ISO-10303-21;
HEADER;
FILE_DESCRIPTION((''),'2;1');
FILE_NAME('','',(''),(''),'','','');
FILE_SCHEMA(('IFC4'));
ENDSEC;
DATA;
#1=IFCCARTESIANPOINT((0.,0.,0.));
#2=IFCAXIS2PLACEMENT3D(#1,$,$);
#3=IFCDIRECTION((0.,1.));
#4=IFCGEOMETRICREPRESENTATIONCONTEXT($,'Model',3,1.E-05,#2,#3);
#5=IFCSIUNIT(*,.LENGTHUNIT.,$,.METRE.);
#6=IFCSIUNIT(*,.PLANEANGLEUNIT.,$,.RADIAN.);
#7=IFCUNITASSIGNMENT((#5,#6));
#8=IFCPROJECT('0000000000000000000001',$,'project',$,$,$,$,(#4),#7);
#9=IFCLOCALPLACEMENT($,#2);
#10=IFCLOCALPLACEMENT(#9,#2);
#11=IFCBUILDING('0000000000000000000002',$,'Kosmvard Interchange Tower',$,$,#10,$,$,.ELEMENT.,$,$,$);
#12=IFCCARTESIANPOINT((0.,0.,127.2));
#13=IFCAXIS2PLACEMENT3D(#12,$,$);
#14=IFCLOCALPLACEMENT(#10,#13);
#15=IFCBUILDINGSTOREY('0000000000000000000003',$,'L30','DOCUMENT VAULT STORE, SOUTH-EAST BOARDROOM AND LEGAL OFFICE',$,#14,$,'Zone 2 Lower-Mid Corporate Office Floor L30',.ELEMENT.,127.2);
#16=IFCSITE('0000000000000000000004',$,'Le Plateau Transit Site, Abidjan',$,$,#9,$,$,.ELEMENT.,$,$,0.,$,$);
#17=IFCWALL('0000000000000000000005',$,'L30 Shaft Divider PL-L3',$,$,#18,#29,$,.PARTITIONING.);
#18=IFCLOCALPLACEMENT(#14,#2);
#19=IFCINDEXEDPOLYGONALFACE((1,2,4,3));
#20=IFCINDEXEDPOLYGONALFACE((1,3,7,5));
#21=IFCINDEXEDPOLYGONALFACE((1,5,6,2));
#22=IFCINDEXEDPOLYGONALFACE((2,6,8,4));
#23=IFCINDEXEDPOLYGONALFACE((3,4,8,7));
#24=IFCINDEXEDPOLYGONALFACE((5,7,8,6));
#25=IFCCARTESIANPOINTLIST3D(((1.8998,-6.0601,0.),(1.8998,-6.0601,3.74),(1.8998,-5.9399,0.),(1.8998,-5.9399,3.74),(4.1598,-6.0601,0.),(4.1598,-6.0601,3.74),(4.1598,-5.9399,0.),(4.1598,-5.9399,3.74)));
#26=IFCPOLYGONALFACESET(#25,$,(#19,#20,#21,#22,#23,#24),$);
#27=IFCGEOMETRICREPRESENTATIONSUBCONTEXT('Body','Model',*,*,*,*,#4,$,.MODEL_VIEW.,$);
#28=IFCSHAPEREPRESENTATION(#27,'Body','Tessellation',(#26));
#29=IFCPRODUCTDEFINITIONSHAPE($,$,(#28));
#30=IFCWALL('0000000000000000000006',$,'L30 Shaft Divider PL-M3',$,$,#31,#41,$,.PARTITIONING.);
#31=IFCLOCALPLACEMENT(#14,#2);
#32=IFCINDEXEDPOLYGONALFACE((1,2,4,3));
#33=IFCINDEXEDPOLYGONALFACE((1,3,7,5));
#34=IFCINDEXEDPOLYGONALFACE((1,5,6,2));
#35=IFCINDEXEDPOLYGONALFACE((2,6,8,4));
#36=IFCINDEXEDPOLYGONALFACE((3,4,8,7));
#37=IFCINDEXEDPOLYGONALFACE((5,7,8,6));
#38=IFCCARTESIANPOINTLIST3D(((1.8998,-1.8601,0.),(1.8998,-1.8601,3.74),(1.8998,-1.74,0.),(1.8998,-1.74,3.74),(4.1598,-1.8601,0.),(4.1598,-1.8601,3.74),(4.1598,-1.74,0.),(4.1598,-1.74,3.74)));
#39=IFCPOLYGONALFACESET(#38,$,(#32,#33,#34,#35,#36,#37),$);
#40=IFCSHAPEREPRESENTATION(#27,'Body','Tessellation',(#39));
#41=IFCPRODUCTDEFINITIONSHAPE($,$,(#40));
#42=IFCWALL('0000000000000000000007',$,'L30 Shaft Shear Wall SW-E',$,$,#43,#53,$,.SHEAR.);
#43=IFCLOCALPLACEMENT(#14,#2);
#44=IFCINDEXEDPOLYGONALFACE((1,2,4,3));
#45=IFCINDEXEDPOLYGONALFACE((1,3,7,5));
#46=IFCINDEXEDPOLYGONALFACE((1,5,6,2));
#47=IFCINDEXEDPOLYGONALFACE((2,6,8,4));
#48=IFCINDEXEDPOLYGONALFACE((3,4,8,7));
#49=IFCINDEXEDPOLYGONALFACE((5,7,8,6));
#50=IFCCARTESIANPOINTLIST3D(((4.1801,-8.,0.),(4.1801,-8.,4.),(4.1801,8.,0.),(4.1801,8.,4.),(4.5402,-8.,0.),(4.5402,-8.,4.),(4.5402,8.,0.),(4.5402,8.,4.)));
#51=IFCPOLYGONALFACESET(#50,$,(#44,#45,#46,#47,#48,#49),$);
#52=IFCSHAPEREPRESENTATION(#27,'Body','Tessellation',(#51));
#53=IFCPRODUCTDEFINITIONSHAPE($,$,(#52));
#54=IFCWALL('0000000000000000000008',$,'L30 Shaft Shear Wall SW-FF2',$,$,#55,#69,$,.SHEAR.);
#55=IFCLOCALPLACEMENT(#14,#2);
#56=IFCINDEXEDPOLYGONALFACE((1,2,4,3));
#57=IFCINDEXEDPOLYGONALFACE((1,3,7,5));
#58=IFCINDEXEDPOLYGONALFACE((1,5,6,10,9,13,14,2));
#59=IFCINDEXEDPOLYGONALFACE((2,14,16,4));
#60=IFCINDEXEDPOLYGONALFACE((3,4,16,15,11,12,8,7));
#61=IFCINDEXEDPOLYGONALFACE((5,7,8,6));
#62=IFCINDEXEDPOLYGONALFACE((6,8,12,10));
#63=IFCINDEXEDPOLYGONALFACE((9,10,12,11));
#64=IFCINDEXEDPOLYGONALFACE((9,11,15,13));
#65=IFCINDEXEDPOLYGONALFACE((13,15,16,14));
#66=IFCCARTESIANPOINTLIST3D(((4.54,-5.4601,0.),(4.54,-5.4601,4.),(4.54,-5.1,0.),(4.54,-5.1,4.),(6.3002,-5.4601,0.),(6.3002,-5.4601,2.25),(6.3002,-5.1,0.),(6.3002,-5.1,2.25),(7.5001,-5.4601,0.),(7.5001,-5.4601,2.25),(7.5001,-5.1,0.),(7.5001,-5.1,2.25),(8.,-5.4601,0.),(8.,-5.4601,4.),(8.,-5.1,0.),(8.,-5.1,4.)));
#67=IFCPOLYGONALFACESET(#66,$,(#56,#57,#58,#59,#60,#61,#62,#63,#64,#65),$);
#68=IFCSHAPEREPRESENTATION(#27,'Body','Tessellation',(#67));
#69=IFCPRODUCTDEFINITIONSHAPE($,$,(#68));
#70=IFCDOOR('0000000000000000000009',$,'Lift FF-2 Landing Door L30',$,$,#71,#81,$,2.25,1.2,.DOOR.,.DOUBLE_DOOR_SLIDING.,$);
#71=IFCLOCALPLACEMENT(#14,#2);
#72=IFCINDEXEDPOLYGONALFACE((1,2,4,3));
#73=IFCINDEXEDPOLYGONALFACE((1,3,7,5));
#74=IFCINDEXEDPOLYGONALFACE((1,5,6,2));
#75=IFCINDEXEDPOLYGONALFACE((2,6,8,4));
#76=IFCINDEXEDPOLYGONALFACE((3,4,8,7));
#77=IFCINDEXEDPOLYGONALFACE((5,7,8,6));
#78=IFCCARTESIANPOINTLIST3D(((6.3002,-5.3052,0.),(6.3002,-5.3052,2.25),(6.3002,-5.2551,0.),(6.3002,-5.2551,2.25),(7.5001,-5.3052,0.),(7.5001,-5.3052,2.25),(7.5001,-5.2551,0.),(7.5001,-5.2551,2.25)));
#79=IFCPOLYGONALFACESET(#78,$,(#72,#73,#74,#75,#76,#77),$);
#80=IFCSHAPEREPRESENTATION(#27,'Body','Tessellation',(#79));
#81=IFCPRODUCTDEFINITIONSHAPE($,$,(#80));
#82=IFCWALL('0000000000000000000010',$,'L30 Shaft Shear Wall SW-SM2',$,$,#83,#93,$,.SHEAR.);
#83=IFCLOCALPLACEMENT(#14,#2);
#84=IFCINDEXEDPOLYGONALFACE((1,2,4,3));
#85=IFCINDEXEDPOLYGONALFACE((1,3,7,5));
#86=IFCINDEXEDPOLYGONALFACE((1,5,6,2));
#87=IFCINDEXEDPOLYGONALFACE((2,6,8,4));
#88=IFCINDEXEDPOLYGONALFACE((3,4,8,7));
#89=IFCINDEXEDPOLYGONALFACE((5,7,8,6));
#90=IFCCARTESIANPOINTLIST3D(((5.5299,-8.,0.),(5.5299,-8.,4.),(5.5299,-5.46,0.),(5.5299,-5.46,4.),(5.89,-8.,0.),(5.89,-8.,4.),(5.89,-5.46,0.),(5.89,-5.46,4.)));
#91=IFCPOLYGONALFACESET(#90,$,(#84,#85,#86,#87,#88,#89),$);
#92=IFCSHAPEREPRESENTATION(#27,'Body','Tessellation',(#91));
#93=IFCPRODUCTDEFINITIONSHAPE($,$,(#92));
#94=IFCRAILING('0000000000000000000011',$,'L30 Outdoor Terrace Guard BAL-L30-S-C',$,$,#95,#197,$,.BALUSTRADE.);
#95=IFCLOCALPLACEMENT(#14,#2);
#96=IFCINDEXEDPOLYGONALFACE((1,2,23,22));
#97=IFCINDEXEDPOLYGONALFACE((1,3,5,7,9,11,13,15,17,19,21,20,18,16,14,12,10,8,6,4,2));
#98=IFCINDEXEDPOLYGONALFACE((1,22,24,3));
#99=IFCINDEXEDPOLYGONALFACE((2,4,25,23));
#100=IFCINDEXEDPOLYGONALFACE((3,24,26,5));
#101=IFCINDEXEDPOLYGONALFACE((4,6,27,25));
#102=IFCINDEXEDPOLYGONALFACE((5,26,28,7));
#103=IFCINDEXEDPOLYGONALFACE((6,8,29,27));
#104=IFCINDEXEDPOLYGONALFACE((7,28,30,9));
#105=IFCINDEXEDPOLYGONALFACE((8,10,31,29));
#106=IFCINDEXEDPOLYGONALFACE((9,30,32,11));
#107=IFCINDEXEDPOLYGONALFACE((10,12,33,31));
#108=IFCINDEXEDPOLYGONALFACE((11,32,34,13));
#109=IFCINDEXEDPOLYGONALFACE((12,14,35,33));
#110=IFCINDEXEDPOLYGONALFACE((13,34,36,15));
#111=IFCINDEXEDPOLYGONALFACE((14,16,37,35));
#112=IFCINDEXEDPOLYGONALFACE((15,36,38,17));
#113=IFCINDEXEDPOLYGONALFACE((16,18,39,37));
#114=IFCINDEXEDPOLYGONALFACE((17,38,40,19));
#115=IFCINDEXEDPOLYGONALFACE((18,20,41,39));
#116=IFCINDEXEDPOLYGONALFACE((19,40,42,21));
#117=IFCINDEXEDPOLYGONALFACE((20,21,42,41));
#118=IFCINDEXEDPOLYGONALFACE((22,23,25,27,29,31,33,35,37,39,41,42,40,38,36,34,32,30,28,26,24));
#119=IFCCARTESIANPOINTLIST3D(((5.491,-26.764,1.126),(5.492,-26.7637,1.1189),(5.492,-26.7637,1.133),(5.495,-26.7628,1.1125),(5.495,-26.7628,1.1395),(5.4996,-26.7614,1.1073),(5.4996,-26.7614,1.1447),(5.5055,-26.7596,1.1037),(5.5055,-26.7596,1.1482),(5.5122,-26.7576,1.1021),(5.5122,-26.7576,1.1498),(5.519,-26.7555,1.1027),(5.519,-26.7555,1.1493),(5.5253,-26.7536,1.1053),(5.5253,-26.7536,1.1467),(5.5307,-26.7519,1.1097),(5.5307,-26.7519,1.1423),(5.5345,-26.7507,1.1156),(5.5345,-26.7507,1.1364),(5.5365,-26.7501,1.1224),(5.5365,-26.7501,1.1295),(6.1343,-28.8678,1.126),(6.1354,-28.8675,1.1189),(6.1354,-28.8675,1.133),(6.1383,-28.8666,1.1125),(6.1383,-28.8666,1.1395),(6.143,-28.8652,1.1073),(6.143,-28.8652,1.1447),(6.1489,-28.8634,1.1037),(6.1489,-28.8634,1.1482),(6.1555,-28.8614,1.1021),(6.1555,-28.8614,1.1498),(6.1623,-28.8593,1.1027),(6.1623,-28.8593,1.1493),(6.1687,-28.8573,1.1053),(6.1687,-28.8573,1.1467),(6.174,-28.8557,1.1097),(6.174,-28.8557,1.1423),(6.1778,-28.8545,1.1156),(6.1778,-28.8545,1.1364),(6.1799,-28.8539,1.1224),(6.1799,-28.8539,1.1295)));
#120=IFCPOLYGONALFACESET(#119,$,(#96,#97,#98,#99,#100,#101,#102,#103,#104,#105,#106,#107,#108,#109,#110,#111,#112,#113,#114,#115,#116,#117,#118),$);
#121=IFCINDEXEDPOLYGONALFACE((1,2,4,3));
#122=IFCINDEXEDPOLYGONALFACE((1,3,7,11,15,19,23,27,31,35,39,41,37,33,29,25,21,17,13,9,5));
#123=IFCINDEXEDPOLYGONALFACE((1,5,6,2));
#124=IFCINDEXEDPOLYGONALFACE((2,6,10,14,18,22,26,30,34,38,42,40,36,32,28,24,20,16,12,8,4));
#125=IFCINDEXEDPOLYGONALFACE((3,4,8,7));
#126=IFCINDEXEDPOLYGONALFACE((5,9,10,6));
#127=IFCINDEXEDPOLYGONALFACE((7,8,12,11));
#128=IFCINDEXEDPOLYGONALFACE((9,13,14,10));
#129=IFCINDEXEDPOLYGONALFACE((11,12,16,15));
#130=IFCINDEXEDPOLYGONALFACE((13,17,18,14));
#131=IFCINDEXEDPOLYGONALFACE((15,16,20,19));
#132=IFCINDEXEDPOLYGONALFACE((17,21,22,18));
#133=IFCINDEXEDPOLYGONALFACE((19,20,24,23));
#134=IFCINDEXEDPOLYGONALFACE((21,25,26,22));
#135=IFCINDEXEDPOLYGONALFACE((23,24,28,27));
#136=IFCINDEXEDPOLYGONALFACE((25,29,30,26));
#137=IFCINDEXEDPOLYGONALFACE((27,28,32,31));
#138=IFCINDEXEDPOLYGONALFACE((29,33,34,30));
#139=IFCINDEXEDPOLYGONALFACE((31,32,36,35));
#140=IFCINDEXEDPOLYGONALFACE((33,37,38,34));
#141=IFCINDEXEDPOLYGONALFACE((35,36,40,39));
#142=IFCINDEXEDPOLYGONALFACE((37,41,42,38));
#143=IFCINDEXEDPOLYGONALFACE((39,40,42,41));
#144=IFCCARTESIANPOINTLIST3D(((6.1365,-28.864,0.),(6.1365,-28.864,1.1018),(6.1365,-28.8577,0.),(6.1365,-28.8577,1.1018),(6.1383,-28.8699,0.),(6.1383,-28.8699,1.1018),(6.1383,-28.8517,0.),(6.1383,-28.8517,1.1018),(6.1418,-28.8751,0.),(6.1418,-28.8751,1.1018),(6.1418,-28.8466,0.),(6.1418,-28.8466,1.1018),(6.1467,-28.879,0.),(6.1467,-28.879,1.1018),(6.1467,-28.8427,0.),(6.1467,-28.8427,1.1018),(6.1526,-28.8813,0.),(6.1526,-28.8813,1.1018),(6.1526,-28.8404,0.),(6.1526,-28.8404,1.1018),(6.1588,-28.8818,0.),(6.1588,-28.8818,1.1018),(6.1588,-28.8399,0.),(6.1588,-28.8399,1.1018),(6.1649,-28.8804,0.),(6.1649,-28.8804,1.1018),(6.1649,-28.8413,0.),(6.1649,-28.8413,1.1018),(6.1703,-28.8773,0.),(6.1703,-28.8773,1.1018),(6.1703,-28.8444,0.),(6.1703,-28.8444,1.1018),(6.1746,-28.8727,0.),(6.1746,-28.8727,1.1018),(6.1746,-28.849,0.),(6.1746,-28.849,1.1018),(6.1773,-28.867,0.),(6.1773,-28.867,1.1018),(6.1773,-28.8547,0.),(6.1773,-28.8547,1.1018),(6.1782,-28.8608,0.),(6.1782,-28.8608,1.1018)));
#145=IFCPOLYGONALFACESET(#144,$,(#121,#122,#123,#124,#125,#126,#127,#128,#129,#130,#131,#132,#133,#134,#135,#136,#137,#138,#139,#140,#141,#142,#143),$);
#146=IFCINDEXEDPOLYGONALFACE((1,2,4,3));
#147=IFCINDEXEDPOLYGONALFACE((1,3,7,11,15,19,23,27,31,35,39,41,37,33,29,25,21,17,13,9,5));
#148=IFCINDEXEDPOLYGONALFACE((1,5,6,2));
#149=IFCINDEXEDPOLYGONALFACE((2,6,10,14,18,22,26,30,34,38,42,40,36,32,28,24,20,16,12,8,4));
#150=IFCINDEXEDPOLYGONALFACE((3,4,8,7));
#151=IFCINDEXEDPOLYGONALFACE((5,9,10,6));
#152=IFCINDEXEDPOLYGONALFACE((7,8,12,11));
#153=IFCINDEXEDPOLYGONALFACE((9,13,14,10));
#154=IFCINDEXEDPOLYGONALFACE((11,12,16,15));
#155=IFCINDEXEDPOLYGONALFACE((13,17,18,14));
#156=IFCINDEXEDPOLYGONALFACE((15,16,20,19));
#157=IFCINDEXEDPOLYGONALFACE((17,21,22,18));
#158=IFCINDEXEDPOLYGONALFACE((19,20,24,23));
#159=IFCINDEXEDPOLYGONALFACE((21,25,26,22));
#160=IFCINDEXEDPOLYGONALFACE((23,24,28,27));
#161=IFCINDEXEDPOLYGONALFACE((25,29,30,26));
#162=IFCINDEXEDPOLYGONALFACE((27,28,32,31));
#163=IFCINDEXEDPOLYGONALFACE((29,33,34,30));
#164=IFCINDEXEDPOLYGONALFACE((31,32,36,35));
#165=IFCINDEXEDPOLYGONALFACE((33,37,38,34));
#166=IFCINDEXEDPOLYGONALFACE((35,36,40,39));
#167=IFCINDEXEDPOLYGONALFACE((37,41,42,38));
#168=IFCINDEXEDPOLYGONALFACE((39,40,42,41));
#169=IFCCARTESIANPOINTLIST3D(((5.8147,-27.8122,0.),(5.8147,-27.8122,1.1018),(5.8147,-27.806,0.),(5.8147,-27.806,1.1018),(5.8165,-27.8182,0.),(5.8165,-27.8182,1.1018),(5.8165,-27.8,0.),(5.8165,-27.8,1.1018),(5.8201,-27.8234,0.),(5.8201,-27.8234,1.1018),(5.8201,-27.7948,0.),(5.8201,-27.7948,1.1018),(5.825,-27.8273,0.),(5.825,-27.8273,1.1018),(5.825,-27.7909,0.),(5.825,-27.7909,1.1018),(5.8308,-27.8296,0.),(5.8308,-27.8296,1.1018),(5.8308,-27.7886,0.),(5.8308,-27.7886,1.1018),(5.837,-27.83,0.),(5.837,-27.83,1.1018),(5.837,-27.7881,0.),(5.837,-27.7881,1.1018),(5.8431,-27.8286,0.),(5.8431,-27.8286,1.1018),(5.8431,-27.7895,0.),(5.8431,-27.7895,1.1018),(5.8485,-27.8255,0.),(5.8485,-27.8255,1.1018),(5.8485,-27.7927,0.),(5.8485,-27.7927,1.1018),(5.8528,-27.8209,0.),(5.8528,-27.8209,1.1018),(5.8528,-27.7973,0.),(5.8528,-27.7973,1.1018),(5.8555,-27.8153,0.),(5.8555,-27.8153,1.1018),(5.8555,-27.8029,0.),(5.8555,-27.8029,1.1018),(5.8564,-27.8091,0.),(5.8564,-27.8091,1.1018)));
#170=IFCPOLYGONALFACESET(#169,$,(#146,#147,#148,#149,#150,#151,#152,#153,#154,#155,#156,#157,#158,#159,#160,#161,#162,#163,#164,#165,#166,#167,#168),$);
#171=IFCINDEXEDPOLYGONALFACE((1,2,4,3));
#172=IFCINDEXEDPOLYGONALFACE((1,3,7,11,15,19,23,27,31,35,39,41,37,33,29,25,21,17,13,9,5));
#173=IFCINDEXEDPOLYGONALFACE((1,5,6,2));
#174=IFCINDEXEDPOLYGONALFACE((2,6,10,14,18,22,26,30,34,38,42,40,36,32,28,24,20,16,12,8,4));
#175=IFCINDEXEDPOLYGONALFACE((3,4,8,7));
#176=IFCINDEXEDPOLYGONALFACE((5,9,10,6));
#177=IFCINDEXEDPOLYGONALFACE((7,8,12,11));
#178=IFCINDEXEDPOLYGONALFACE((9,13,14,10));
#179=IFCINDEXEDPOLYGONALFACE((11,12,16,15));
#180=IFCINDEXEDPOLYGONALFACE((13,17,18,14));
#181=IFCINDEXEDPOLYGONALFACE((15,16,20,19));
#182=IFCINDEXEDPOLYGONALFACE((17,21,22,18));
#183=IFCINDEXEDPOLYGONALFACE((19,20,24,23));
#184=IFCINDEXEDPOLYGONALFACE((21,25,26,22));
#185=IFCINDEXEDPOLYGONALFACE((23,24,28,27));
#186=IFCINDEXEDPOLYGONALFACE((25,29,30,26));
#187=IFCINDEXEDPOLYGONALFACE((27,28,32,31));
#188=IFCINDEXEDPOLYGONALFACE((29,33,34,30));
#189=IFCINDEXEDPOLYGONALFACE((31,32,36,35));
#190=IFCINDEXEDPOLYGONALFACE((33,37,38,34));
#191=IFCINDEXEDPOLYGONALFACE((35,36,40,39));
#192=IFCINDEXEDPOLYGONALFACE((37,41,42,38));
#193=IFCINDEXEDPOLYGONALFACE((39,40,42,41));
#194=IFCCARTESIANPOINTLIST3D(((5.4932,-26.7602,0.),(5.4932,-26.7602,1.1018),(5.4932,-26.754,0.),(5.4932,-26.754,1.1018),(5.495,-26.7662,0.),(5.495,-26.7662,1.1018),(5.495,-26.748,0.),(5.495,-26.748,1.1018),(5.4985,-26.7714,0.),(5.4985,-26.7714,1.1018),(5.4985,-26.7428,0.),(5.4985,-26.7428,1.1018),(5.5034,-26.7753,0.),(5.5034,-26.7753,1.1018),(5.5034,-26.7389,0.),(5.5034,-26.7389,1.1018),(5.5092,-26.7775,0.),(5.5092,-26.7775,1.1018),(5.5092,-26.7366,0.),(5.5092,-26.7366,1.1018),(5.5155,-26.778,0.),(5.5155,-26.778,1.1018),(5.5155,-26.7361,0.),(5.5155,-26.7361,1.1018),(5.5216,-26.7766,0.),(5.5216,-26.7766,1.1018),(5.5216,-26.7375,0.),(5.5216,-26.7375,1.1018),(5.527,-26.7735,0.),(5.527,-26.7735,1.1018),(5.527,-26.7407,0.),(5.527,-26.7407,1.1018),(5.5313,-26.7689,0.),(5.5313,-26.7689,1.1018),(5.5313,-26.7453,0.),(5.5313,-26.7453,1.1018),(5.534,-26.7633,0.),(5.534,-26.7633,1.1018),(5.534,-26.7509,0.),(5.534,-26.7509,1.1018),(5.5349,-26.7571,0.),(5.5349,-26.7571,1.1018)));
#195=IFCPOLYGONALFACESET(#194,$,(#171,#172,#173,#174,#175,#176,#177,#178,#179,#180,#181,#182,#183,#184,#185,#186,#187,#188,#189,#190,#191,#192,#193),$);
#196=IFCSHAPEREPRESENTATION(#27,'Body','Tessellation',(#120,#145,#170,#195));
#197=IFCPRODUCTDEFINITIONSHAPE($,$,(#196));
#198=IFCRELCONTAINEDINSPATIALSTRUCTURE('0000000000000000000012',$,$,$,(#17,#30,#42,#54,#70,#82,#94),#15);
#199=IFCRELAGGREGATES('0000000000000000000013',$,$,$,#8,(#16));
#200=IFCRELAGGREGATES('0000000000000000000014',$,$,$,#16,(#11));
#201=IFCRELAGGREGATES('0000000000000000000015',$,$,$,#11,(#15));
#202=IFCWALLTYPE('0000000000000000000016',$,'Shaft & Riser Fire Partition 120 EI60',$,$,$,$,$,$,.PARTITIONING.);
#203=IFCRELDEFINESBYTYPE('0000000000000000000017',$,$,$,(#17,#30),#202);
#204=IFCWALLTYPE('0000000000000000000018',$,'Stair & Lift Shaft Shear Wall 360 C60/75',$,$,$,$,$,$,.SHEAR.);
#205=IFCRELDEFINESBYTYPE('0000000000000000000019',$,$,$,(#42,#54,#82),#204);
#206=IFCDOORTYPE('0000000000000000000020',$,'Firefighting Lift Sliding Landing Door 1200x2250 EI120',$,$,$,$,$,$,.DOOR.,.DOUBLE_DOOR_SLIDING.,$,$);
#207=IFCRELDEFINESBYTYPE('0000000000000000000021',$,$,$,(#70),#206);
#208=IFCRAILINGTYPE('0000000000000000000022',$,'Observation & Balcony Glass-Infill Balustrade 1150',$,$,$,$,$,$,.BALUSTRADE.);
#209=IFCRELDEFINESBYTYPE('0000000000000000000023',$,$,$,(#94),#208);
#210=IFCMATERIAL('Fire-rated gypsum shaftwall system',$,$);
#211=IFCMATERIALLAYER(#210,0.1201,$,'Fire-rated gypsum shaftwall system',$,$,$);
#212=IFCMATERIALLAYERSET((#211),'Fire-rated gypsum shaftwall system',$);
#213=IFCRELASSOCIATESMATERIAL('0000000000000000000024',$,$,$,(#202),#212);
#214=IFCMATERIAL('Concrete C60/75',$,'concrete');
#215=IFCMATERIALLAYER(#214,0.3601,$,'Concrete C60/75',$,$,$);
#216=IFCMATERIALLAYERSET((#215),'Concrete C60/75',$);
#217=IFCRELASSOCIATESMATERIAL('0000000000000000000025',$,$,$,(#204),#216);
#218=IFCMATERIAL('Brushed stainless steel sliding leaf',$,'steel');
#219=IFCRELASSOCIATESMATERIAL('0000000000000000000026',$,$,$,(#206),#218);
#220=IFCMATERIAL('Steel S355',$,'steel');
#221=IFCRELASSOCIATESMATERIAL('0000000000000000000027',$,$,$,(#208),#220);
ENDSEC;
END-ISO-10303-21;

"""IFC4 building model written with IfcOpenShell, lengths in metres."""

from ifc_helpers import new_model, si_unit, direction, frame, frame_2d, origin, origin_2d, place, context, subcontext, project, spatial, rectangle, circle, extrude, source, transform, mapped, material, layer, layer_set, type_object, element, fill, save


model = new_model("IFC4")

# Units and contexts
model_context = context("Model", 3, precision=1e-05, world=origin(), true_north=direction((0.0, 1.0)))
body_context = subcontext(model_context, "Body", "Model", "MODEL_VIEW")
ifc_project = project(units=[si_unit("LENGTHUNIT", "METRE"), si_unit("PLANEANGLEUNIT", "RADIAN")], contexts=[model_context])

# Site, building, storey
site_placement = place(None, origin())
site = spatial("IfcSite", under=ifc_project, at=site_placement, Name="Le Plateau Transit Site, Abidjan", CompositionType="ELEMENT", RefElevation=0.0)
building_placement = place(site_placement, origin())
building = spatial("IfcBuilding", under=site, at=building_placement, Name="Kosmvard Interchange Tower", CompositionType="ELEMENT")
storey_placement = place(building_placement, frame((0.0, 0.0, 127.2)))
storey = spatial("IfcBuildingStorey", under=building, at=storey_placement, Name="L30", Description="DOCUMENT VAULT STORE, SOUTH-EAST BOARDROOM AND LEGAL OFFICE", LongName="Zone 2 Lower-Mid Corporate Office Floor L30", CompositionType="ELEMENT", Elevation=127.2)

# Shared definitions
ifc_material_1 = material(Name="Concrete C60/75", Category="concrete")

# Shared definitions
ifc_material_2 = material(Name="Steel S355", Category="steel")

# Shared definitions
ifc_material_3 = material(Name="Brushed stainless steel sliding leaf", Category="steel")

# Walls
ifc_material_4 = material(Name="Fire-rated gypsum shaftwall system")
ifc_layer_1 = layer(ifc_material_4, 0.1201, Name="Fire-rated gypsum shaftwall system")
ifc_layer_set_1 = layer_set([ifc_layer_1], Name="Fire-rated gypsum shaftwall system")
wall_type_1 = type_object("IfcWallType", Name="Shaft & Riser Fire Partition 120 EI60", PredefinedType="PARTITIONING", material=ifc_layer_set_1)
for number, where, z_axis, x_axis, name in (
    (1, (1.8999, -6.0, 0.0), (0.0, 0.0, 1.0), (1.0, 0.0, 0.0), "L30 Shaft Divider PL-L3"),
    (2, (1.8999, -1.8, 0.0), (0.0, 0.0, 1.0), (1.0, 0.0, 0.0), "L30 Shaft Divider PL-M3"),
):
    element("IfcWall", number, at=place(storey_placement, frame(where, z_axis=z_axis, x_axis=x_axis)), inside=storey, type_object=wall_type_1, Name=name, PredefinedType="PARTITIONING", context=body_context, shape_type="SweptSolid", body=[
        extrude(rectangle(XDim=2.26, YDim=0.1201, at=frame_2d((1.1299, 0.0))), origin(), (0.0, 0.0, 1.0), 3.74),
    ])
ifc_layer_2 = layer(ifc_material_1, 0.3601, Name="Concrete C60/75")
ifc_layer_set_2 = layer_set([ifc_layer_2], Name="Concrete C60/75")
wall_type_2 = type_object("IfcWallType", Name="Stair & Lift Shaft Shear Wall 360 C60/75", PredefinedType="SHEAR", material=ifc_layer_set_2)
wall_1_placement = place(storey_placement, frame((4.3601, -8.0, 0.0), z_axis=(0.0, 0.0, 1.0), x_axis=(0.0, 1.0, 0.0)))
element("IfcWall", 3, at=wall_1_placement, inside=storey, type_object=wall_type_2, Name="L30 Shaft Shear Wall SW-E", PredefinedType="SHEAR", context=body_context, shape_type="SweptSolid", body=[
    extrude(rectangle(XDim=16.0, YDim=0.3601, at=frame_2d((8.0, 0.0))), origin(), (0.0, 0.0, 1.0), 4.0),
])

# Wall, opening, door
wall_2_placement = place(storey_placement, frame((4.54, -5.28, 0.0), z_axis=(0.0, 0.0, 1.0), x_axis=(1.0, 0.0, 0.0)))
wall_2 = element("IfcWall", 4, at=wall_2_placement, inside=storey, type_object=wall_type_2, Name="L30 Shaft Shear Wall SW-FF2", PredefinedType="SHEAR", context=body_context, shape_type="SweptSolid", body=[
    extrude(rectangle(XDim=3.46, YDim=0.3601, at=frame_2d((1.73, 0.0))), origin(), (0.0, 0.0, 1.0), 4.0),
])
opening_1_placement = place(wall_2_placement, frame((1.76, 0.0, 0.0)))
opening_1 = element("IfcOpeningElement", 5, at=opening_1_placement, cuts=wall_2, PredefinedType="OPENING", context=body_context, shape_type="SweptSolid", body=[
    extrude(rectangle(XDim=1.2, YDim=2.25, at=frame_2d((0.6001, 1.125))), frame((0.0, 0.1899, 0.0), z_axis=(0.0, -1.0, 0.0), x_axis=(1.0, 0.0, 0.0)), (0.0, 0.0, 1.0), 0.3801),
])
door_type_1 = type_object("IfcDoorType", Name="Firefighting Lift Sliding Landing Door 1200x2250 EI120", OperationType="DOUBLE_DOOR_SLIDING", PredefinedType="DOOR", material=ifc_material_3)
shared_shape_1 = source(origin(), body_context, "Body", "SweptSolid", [
    extrude(rectangle(XDim=1.2, YDim=2.25, at=frame_2d((0.6001, 1.125))), frame((0.0, 0.0249, 0.0), z_axis=(0.0, -1.0, 0.0), x_axis=(1.0, 0.0, 0.0)), (0.0, 0.0, 1.0), 0.05),
])
door_1_placement = place(opening_1_placement, origin())
door_1 = element("IfcDoor", 6, at=door_1_placement, inside=storey, type_object=door_type_1, Name="Lift FF-2 Landing Door L30", OperationType="DOUBLE_DOOR_SLIDING", OverallHeight=2.25, OverallWidth=1.2, PredefinedType="DOOR", context=body_context, shape_type="MappedRepresentation", body=[
    mapped(shared_shape_1, transform((0.0, 0.0, 0.0), scale=1.0)),
])
fill(opening_1, door_1)

# Wall
wall_3_placement = place(storey_placement, frame((5.71, -8.0, 0.0), z_axis=(0.0, 0.0, 1.0), x_axis=(0.0, 1.0, 0.0)))
element("IfcWall", 7, at=wall_3_placement, inside=storey, type_object=wall_type_2, Name="L30 Shaft Shear Wall SW-SM2", PredefinedType="SHEAR", context=body_context, shape_type="SweptSolid", body=[
    extrude(rectangle(XDim=2.54, YDim=0.3601, at=frame_2d((1.27, 0.0))), origin(), (0.0, 0.0, 1.0), 4.0),
])

# Railing
railing_type = type_object("IfcRailingType", Name="Observation & Balcony Glass-Infill Balustrade 1150", PredefinedType="BALUSTRADE", material=ifc_material_2)
shared_shape_2 = source(origin(), body_context, "Body", "SweptSolid", [
    extrude(circle(Radius=0.0239, at=origin_2d()), frame((0.0, 0.0, 1.126), z_axis=(-0.292424, 0.956289, 0.0), x_axis=(-0.956289, -0.292424, 0.0)), (0.0, 0.0, 1.0), 2.2),
    extrude(circle(Radius=0.021, at=origin_2d()), origin(), (0.0, 0.0, 1.0), 1.1018),
    extrude(circle(Radius=0.021, at=origin_2d()), frame((-0.3218, 1.0518, 0.0)), (0.0, 0.0, 1.0), 1.1018),
    extrude(circle(Radius=0.021, at=origin_2d()), frame((-0.6433, 2.1038, 0.0)), (0.0, 0.0, 1.0), 1.1018),
])
railing_1_placement = place(storey_placement, frame((6.1572, -28.8608, 0.0)))
element("IfcRailing", 8, at=railing_1_placement, inside=storey, type_object=railing_type, Name="L30 Outdoor Terrace Guard BAL-L30-S-C", PredefinedType="BALUSTRADE", context=body_context, shape_type="MappedRepresentation", body=[
    mapped(shared_shape_2, transform((0.0, 0.0, 0.0), scale=1.0)),
])

save(model, "model.ifc")
